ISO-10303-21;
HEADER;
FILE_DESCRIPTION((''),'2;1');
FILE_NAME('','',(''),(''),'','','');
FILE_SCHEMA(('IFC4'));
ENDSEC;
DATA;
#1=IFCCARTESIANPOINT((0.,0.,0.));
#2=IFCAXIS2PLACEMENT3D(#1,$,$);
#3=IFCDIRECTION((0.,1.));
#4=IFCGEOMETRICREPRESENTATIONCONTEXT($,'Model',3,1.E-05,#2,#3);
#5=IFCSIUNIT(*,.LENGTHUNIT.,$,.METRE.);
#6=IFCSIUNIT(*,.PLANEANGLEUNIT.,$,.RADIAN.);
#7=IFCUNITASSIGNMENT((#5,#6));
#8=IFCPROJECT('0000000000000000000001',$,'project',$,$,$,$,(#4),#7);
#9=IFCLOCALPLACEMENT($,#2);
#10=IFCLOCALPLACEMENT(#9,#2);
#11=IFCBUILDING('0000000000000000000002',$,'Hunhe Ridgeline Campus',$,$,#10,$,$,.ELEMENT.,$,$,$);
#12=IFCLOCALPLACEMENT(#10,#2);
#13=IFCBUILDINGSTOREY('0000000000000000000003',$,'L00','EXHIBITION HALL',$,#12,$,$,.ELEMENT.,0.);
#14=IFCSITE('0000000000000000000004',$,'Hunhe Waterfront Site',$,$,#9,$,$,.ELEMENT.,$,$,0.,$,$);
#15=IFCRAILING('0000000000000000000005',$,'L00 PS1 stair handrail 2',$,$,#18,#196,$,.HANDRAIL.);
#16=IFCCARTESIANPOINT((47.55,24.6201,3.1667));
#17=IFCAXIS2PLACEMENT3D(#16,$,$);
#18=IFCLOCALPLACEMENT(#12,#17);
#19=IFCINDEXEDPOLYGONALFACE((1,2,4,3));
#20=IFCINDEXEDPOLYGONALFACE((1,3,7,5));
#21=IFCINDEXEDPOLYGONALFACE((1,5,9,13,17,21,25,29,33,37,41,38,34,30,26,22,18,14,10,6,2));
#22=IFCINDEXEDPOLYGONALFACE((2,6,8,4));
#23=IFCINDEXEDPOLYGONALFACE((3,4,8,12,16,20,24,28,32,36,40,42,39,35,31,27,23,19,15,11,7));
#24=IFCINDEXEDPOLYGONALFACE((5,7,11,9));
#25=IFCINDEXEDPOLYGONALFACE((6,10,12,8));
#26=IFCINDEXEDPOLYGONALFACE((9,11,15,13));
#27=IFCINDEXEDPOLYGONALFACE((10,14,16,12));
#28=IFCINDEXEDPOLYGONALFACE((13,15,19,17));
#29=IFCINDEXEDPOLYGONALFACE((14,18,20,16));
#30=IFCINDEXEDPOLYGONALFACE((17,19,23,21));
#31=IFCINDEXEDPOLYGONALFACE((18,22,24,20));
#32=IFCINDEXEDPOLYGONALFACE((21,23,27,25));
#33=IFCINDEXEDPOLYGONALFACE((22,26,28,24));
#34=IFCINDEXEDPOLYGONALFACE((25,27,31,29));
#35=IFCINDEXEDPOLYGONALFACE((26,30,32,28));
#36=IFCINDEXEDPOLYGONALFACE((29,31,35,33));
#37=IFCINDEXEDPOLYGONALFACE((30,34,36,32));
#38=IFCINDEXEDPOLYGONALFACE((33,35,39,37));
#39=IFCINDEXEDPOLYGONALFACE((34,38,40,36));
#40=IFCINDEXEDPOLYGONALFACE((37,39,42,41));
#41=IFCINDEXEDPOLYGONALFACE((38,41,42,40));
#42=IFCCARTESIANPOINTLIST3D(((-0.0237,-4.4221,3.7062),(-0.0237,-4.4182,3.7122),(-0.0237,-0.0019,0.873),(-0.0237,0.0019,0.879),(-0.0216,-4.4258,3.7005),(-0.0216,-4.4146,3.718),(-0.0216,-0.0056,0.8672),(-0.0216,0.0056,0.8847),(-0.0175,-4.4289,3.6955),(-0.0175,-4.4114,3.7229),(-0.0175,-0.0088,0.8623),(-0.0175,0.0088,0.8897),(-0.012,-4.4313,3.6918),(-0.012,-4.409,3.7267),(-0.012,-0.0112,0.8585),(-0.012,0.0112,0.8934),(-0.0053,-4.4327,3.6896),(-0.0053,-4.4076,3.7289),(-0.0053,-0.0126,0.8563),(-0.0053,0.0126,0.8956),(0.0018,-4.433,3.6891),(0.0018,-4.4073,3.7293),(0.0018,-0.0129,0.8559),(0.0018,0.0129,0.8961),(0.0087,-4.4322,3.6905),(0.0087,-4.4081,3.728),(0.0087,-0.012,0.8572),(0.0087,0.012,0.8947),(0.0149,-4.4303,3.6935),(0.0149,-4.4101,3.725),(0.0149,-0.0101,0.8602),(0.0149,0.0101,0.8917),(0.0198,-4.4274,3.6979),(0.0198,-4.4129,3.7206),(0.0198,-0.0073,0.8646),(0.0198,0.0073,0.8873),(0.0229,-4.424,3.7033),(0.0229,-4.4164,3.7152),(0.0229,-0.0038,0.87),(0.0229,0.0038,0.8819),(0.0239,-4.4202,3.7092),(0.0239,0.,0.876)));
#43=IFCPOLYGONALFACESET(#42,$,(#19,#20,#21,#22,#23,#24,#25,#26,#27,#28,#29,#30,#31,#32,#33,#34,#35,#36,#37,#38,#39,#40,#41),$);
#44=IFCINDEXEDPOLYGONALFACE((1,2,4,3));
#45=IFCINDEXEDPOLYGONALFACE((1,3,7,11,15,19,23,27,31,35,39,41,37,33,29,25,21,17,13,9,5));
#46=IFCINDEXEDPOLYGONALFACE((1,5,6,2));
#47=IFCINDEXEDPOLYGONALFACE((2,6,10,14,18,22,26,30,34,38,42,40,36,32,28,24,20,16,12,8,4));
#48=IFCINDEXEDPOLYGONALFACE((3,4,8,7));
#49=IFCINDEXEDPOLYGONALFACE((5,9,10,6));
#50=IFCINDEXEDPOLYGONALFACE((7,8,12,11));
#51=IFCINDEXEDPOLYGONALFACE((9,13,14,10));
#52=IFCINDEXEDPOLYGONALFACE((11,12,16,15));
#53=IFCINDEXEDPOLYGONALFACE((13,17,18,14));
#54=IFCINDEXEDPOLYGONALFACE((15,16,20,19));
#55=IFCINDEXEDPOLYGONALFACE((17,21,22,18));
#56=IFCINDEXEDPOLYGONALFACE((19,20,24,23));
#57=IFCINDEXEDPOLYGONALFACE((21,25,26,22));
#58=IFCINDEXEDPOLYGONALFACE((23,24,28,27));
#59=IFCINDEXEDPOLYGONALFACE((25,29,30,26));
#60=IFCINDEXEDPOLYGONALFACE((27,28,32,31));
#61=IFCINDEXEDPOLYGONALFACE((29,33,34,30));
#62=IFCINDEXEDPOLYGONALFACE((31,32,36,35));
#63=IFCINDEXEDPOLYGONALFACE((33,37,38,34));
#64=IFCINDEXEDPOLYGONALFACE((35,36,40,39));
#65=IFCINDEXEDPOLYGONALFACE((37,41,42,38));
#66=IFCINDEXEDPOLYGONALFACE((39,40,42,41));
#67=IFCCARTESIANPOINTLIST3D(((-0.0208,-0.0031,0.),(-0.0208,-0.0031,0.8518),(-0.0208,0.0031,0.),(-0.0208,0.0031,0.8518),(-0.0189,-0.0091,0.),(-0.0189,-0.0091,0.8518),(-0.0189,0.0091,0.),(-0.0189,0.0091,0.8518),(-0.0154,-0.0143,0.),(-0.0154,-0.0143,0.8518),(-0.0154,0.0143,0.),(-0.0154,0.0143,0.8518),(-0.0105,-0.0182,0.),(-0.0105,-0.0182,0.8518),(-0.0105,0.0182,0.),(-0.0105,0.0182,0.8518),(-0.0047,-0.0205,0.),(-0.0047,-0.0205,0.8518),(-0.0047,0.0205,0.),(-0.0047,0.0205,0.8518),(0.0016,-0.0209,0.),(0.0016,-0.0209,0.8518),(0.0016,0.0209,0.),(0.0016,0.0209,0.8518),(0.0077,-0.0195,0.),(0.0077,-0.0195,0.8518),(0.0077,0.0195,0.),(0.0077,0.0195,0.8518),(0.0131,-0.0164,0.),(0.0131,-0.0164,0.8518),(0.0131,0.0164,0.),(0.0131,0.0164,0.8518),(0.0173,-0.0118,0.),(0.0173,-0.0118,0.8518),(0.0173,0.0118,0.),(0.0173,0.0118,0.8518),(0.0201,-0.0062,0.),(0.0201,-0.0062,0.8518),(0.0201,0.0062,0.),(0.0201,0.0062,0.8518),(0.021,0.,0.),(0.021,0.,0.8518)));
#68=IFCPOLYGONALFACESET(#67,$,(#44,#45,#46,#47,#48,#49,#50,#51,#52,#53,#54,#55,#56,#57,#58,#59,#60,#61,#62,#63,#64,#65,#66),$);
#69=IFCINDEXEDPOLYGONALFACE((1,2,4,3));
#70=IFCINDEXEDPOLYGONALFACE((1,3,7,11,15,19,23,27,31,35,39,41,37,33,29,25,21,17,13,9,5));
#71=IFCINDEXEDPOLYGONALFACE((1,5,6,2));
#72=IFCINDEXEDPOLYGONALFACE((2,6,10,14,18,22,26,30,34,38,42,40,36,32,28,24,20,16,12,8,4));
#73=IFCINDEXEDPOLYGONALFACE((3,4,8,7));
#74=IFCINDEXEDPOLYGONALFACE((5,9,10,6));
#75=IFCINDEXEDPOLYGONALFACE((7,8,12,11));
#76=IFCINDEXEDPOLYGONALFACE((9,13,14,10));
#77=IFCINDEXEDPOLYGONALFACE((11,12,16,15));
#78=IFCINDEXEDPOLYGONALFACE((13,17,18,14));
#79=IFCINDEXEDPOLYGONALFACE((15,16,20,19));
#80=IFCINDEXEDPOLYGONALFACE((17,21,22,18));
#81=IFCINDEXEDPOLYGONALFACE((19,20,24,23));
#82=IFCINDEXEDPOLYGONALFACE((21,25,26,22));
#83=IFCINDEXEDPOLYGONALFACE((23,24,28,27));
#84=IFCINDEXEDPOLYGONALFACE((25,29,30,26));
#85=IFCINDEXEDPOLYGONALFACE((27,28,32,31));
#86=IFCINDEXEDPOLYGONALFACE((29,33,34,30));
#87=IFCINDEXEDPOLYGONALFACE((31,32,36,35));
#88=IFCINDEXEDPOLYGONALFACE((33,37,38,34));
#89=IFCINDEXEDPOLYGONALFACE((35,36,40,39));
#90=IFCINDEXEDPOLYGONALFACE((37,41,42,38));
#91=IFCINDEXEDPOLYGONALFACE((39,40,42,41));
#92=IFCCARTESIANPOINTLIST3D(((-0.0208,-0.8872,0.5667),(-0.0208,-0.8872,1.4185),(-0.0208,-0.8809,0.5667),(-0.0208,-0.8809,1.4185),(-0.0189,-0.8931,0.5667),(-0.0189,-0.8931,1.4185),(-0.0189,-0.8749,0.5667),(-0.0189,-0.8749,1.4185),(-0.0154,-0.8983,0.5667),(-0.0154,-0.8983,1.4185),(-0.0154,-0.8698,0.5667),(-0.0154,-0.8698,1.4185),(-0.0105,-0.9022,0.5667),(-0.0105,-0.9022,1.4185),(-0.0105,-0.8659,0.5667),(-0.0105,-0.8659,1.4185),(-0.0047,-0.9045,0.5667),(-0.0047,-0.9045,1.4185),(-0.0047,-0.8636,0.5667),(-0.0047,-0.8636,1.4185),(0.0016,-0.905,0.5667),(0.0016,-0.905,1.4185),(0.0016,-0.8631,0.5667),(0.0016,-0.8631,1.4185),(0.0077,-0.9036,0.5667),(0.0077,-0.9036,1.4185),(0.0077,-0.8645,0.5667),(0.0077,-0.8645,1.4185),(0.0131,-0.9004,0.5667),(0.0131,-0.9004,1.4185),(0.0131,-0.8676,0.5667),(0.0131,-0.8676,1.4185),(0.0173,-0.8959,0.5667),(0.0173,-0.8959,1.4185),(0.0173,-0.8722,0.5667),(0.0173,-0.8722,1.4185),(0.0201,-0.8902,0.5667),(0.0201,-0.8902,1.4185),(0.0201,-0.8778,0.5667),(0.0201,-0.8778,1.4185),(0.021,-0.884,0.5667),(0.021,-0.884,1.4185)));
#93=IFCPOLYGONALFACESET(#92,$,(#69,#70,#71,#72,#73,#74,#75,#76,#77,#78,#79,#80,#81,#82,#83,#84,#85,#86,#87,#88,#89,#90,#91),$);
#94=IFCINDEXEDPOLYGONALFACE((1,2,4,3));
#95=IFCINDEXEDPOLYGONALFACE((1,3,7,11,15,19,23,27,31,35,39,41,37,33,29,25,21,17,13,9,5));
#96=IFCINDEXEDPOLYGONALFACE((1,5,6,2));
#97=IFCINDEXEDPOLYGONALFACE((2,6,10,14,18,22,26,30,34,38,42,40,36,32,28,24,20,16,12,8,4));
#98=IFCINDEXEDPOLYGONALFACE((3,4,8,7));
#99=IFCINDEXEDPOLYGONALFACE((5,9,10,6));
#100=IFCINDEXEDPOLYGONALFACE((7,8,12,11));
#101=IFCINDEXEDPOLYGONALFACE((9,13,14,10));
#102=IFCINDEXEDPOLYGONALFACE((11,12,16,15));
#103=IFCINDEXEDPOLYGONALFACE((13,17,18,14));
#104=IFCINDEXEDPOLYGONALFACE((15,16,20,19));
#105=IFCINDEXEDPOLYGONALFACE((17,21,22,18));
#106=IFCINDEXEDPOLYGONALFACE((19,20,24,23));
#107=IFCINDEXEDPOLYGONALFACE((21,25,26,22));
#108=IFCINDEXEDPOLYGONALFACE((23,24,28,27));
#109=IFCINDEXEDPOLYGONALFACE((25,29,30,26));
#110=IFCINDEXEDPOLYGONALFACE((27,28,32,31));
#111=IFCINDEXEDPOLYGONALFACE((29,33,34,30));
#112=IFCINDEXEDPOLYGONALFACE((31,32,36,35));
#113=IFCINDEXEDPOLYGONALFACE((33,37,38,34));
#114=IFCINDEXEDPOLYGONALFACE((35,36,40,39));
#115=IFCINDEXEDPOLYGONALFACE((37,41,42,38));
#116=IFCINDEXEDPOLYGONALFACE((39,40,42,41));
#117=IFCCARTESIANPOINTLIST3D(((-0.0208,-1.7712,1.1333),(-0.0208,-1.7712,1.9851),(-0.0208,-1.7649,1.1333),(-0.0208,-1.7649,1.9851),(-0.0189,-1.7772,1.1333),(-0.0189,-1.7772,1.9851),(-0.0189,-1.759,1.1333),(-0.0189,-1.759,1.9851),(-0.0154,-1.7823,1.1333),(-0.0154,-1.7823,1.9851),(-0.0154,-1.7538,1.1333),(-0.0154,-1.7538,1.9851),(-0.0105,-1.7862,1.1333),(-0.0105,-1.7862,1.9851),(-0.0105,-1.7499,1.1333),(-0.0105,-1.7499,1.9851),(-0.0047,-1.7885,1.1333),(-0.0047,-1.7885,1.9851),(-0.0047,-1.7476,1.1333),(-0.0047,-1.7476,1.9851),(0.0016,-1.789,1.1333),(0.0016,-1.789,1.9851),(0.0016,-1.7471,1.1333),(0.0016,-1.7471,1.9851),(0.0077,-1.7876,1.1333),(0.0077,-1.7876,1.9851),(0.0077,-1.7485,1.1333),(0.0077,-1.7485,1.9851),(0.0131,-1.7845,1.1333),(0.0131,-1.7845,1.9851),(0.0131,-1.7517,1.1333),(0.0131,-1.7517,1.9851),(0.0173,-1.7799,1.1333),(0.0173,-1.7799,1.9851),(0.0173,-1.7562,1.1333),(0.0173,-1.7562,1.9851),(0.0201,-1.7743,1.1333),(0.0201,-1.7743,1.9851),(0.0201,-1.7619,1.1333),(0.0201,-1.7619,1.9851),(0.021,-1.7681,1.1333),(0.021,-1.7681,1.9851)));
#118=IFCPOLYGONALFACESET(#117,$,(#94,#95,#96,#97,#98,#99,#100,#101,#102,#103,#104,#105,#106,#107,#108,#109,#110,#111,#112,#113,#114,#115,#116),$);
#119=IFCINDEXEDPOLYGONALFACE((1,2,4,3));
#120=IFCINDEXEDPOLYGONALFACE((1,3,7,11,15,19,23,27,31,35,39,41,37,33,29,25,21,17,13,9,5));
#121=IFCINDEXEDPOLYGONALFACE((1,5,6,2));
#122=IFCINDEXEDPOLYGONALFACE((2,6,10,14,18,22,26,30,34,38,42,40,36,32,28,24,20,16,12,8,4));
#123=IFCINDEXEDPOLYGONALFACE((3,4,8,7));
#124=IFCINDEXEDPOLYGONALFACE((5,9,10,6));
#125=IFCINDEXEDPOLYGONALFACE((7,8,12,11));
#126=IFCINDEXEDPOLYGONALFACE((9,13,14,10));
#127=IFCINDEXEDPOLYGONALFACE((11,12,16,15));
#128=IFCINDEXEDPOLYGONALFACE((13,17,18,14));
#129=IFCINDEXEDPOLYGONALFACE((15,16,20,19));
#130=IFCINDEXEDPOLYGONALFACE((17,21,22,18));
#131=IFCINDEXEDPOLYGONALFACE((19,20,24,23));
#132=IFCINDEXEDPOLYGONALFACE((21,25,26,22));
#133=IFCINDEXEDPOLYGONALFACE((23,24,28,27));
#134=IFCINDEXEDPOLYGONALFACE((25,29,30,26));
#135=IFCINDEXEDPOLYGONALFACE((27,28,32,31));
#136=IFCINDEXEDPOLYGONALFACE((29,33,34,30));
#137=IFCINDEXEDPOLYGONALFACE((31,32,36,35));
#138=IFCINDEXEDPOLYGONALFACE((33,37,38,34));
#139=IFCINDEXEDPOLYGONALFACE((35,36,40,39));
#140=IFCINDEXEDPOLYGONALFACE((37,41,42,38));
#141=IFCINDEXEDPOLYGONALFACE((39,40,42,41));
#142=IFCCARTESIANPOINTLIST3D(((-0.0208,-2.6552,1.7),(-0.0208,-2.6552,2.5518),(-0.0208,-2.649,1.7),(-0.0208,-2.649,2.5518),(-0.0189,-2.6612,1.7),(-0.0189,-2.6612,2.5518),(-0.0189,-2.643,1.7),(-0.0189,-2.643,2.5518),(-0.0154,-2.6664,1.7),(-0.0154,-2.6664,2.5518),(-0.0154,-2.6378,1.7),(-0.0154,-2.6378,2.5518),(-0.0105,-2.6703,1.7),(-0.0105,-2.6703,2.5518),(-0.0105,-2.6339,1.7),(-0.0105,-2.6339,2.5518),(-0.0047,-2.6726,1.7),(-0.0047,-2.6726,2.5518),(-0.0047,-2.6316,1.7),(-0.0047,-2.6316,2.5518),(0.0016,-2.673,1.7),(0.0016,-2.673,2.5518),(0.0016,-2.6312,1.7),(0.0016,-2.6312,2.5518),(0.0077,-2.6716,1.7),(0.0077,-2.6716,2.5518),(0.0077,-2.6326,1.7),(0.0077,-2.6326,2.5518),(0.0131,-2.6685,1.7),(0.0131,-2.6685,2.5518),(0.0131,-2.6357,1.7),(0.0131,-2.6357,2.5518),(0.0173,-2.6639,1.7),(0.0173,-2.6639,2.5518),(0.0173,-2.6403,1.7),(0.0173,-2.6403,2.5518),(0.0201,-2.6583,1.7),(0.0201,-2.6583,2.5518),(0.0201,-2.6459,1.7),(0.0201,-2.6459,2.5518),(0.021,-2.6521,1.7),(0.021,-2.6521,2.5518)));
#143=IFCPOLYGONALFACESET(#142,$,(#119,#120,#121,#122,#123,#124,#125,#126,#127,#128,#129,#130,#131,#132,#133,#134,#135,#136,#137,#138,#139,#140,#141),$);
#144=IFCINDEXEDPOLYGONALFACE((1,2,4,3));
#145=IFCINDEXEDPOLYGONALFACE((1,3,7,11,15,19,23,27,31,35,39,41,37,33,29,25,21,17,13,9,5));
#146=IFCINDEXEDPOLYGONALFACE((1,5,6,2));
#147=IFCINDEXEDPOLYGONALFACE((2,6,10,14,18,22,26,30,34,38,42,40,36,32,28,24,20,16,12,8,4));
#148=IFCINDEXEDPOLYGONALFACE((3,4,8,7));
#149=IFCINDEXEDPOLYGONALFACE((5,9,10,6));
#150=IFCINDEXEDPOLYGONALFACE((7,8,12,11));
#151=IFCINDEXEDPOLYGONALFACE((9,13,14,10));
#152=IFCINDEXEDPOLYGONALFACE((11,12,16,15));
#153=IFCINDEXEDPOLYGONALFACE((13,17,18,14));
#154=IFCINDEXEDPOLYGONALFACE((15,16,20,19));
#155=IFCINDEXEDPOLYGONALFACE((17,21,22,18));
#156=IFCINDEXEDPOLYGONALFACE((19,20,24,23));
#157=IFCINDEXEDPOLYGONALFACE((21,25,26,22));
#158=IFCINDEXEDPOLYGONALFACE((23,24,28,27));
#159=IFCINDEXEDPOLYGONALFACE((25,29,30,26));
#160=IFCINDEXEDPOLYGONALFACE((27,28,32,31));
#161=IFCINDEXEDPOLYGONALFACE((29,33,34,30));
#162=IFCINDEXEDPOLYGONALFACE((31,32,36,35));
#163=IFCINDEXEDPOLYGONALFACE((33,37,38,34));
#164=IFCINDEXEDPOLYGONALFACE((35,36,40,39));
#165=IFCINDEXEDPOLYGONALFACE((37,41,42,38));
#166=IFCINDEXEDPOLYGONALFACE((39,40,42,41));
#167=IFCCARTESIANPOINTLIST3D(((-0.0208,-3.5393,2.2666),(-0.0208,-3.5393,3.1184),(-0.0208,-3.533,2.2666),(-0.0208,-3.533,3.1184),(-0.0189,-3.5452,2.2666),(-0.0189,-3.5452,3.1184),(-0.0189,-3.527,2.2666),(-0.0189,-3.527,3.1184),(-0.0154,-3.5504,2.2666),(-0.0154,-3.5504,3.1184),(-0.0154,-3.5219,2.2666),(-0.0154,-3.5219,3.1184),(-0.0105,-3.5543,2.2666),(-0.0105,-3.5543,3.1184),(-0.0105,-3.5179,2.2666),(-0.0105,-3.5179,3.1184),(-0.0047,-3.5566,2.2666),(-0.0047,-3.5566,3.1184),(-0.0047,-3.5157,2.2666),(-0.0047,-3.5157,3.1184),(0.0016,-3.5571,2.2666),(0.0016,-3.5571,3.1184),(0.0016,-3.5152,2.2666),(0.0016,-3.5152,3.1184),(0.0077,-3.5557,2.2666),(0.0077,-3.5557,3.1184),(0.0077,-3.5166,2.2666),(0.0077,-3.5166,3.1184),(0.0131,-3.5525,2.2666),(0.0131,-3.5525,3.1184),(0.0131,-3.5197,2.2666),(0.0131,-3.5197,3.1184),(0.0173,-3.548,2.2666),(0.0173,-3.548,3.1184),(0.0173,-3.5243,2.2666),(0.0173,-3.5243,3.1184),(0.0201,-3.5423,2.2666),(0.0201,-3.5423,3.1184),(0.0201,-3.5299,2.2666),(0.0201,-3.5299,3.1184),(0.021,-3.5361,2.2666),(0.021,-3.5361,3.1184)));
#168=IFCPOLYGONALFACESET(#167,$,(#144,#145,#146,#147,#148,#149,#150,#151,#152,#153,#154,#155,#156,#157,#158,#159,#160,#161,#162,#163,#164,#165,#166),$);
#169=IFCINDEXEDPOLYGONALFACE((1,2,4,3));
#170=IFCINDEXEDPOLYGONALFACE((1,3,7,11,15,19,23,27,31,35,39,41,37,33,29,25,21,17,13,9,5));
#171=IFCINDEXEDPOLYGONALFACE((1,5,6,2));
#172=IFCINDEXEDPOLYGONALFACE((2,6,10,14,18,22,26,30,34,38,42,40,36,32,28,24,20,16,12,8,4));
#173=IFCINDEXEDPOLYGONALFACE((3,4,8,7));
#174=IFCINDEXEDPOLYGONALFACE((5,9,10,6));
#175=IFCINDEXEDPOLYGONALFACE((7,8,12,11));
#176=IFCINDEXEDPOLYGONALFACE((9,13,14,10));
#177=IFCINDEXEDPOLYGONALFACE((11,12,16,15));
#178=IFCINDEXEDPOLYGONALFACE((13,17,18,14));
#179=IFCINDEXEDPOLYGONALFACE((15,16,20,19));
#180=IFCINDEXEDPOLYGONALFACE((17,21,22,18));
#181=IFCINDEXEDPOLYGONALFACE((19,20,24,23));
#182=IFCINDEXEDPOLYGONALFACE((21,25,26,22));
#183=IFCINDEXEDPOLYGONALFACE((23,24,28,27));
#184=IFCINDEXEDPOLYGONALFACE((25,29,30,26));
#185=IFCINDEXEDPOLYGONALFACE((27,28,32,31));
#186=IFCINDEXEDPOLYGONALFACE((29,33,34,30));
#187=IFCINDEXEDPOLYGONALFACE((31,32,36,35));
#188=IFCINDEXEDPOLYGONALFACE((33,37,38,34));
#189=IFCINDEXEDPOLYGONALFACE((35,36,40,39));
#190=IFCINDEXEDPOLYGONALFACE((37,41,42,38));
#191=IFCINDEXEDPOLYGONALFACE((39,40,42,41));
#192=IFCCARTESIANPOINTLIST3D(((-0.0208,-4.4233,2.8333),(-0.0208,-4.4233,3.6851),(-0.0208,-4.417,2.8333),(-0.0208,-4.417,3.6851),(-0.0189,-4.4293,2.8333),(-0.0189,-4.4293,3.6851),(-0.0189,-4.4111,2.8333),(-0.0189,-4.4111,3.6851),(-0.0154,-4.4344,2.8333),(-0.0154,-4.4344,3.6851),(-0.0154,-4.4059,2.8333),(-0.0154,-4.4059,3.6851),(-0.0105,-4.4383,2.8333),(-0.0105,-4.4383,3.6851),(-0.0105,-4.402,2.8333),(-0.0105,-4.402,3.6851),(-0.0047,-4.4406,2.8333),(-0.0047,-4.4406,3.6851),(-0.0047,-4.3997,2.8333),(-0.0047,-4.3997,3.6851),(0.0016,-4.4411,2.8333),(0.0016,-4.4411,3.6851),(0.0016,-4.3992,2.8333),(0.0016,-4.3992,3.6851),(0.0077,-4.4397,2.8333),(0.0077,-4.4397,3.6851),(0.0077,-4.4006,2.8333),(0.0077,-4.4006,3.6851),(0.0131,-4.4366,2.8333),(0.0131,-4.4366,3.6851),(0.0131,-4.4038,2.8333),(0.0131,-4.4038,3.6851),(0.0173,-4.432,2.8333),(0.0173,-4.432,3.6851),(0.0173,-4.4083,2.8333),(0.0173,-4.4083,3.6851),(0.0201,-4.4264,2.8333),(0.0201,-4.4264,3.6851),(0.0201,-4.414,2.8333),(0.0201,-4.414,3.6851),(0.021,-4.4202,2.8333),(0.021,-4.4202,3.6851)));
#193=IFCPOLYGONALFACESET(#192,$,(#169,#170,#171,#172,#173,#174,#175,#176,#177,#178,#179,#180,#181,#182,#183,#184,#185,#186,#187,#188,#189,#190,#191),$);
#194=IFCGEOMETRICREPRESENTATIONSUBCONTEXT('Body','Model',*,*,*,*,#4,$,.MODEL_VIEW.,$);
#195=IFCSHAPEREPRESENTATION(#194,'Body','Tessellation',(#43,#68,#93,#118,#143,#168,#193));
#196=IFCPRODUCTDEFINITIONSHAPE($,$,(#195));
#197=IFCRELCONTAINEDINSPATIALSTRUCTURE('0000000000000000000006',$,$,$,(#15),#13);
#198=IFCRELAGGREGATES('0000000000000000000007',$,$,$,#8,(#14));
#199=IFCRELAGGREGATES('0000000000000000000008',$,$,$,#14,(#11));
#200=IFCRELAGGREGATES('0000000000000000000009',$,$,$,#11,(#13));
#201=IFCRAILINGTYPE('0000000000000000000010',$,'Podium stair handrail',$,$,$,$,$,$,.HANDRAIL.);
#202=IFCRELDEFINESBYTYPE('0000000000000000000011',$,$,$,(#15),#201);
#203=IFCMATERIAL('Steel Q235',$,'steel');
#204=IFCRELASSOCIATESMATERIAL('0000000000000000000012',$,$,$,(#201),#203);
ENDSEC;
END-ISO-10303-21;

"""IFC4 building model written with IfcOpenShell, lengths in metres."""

from ifc_helpers import new_model, si_unit, direction, frame, origin, origin_2d, place, context, subcontext, project, spatial, circle, extrude, material, type_object, element, save


model = new_model("IFC4")

# Units and contexts
model_context = context("Model", 3, precision=1e-05, world=origin(), true_north=direction((0.0, 1.0)))
body_context = subcontext(model_context, "Body", "Model", "MODEL_VIEW")
ifc_project = project(units=[si_unit("LENGTHUNIT", "METRE"), si_unit("PLANEANGLEUNIT", "RADIAN")], contexts=[model_context])

# Site, building, storey
site_placement = place(None, origin())
site = spatial("IfcSite", under=ifc_project, at=site_placement, Name="Hunhe Waterfront Site", CompositionType="ELEMENT", RefElevation=0.0)
building_placement = place(site_placement, origin())
building = spatial("IfcBuilding", under=site, at=building_placement, Name="Hunhe Ridgeline Campus", CompositionType="ELEMENT")
storey_placement = place(building_placement, origin())
storey = spatial("IfcBuildingStorey", under=building, at=storey_placement, Name="L00", Description="EXHIBITION HALL", CompositionType="ELEMENT", Elevation=0.0)

# Railing
ifc_material_1 = material(Name="Steel Q235", Category="steel")
railing_type_1 = type_object("IfcRailingType", Name="Podium stair handrail", PredefinedType="HANDRAIL", material=ifc_material_1)
railing_1_placement = place(storey_placement, frame((47.55, 24.6201, 3.1667)))
element("IfcRailing", 1, at=railing_1_placement, inside=storey, type_object=railing_type_1, Name="L00 PS1 stair handrail 2", PredefinedType="HANDRAIL", context=body_context, shape_type="SweptSolid", body=[
    extrude(circle(Radius=0.0239, at=origin_2d()), frame((0.0, 0.0, 0.876), z_axis=(0.0, -0.841895, 0.539641), x_axis=(1.0, 0.0, 0.0)), (0.0, 0.0, 1.0), 5.2502),
    extrude(circle(Radius=0.021, at=origin_2d()), origin(), (0.0, 0.0, 1.0), 0.8518),
    extrude(circle(Radius=0.021, at=origin_2d()), frame((0.0, -0.884, 0.5667)), (0.0, 0.0, 1.0), 0.8518),
    extrude(circle(Radius=0.021, at=origin_2d()), frame((0.0, -1.7681, 1.1333)), (0.0, 0.0, 1.0), 0.8518),
    extrude(circle(Radius=0.021, at=origin_2d()), frame((0.0, -2.6521, 1.7)), (0.0, 0.0, 1.0), 0.8518),
    extrude(circle(Radius=0.021, at=origin_2d()), frame((0.0, -3.5361, 2.2666)), (0.0, 0.0, 1.0), 0.8518),
    extrude(circle(Radius=0.021, at=origin_2d()), frame((0.0, -4.4202, 2.8333)), (0.0, 0.0, 1.0), 0.8518),
])

save(model, "model.ifc")
